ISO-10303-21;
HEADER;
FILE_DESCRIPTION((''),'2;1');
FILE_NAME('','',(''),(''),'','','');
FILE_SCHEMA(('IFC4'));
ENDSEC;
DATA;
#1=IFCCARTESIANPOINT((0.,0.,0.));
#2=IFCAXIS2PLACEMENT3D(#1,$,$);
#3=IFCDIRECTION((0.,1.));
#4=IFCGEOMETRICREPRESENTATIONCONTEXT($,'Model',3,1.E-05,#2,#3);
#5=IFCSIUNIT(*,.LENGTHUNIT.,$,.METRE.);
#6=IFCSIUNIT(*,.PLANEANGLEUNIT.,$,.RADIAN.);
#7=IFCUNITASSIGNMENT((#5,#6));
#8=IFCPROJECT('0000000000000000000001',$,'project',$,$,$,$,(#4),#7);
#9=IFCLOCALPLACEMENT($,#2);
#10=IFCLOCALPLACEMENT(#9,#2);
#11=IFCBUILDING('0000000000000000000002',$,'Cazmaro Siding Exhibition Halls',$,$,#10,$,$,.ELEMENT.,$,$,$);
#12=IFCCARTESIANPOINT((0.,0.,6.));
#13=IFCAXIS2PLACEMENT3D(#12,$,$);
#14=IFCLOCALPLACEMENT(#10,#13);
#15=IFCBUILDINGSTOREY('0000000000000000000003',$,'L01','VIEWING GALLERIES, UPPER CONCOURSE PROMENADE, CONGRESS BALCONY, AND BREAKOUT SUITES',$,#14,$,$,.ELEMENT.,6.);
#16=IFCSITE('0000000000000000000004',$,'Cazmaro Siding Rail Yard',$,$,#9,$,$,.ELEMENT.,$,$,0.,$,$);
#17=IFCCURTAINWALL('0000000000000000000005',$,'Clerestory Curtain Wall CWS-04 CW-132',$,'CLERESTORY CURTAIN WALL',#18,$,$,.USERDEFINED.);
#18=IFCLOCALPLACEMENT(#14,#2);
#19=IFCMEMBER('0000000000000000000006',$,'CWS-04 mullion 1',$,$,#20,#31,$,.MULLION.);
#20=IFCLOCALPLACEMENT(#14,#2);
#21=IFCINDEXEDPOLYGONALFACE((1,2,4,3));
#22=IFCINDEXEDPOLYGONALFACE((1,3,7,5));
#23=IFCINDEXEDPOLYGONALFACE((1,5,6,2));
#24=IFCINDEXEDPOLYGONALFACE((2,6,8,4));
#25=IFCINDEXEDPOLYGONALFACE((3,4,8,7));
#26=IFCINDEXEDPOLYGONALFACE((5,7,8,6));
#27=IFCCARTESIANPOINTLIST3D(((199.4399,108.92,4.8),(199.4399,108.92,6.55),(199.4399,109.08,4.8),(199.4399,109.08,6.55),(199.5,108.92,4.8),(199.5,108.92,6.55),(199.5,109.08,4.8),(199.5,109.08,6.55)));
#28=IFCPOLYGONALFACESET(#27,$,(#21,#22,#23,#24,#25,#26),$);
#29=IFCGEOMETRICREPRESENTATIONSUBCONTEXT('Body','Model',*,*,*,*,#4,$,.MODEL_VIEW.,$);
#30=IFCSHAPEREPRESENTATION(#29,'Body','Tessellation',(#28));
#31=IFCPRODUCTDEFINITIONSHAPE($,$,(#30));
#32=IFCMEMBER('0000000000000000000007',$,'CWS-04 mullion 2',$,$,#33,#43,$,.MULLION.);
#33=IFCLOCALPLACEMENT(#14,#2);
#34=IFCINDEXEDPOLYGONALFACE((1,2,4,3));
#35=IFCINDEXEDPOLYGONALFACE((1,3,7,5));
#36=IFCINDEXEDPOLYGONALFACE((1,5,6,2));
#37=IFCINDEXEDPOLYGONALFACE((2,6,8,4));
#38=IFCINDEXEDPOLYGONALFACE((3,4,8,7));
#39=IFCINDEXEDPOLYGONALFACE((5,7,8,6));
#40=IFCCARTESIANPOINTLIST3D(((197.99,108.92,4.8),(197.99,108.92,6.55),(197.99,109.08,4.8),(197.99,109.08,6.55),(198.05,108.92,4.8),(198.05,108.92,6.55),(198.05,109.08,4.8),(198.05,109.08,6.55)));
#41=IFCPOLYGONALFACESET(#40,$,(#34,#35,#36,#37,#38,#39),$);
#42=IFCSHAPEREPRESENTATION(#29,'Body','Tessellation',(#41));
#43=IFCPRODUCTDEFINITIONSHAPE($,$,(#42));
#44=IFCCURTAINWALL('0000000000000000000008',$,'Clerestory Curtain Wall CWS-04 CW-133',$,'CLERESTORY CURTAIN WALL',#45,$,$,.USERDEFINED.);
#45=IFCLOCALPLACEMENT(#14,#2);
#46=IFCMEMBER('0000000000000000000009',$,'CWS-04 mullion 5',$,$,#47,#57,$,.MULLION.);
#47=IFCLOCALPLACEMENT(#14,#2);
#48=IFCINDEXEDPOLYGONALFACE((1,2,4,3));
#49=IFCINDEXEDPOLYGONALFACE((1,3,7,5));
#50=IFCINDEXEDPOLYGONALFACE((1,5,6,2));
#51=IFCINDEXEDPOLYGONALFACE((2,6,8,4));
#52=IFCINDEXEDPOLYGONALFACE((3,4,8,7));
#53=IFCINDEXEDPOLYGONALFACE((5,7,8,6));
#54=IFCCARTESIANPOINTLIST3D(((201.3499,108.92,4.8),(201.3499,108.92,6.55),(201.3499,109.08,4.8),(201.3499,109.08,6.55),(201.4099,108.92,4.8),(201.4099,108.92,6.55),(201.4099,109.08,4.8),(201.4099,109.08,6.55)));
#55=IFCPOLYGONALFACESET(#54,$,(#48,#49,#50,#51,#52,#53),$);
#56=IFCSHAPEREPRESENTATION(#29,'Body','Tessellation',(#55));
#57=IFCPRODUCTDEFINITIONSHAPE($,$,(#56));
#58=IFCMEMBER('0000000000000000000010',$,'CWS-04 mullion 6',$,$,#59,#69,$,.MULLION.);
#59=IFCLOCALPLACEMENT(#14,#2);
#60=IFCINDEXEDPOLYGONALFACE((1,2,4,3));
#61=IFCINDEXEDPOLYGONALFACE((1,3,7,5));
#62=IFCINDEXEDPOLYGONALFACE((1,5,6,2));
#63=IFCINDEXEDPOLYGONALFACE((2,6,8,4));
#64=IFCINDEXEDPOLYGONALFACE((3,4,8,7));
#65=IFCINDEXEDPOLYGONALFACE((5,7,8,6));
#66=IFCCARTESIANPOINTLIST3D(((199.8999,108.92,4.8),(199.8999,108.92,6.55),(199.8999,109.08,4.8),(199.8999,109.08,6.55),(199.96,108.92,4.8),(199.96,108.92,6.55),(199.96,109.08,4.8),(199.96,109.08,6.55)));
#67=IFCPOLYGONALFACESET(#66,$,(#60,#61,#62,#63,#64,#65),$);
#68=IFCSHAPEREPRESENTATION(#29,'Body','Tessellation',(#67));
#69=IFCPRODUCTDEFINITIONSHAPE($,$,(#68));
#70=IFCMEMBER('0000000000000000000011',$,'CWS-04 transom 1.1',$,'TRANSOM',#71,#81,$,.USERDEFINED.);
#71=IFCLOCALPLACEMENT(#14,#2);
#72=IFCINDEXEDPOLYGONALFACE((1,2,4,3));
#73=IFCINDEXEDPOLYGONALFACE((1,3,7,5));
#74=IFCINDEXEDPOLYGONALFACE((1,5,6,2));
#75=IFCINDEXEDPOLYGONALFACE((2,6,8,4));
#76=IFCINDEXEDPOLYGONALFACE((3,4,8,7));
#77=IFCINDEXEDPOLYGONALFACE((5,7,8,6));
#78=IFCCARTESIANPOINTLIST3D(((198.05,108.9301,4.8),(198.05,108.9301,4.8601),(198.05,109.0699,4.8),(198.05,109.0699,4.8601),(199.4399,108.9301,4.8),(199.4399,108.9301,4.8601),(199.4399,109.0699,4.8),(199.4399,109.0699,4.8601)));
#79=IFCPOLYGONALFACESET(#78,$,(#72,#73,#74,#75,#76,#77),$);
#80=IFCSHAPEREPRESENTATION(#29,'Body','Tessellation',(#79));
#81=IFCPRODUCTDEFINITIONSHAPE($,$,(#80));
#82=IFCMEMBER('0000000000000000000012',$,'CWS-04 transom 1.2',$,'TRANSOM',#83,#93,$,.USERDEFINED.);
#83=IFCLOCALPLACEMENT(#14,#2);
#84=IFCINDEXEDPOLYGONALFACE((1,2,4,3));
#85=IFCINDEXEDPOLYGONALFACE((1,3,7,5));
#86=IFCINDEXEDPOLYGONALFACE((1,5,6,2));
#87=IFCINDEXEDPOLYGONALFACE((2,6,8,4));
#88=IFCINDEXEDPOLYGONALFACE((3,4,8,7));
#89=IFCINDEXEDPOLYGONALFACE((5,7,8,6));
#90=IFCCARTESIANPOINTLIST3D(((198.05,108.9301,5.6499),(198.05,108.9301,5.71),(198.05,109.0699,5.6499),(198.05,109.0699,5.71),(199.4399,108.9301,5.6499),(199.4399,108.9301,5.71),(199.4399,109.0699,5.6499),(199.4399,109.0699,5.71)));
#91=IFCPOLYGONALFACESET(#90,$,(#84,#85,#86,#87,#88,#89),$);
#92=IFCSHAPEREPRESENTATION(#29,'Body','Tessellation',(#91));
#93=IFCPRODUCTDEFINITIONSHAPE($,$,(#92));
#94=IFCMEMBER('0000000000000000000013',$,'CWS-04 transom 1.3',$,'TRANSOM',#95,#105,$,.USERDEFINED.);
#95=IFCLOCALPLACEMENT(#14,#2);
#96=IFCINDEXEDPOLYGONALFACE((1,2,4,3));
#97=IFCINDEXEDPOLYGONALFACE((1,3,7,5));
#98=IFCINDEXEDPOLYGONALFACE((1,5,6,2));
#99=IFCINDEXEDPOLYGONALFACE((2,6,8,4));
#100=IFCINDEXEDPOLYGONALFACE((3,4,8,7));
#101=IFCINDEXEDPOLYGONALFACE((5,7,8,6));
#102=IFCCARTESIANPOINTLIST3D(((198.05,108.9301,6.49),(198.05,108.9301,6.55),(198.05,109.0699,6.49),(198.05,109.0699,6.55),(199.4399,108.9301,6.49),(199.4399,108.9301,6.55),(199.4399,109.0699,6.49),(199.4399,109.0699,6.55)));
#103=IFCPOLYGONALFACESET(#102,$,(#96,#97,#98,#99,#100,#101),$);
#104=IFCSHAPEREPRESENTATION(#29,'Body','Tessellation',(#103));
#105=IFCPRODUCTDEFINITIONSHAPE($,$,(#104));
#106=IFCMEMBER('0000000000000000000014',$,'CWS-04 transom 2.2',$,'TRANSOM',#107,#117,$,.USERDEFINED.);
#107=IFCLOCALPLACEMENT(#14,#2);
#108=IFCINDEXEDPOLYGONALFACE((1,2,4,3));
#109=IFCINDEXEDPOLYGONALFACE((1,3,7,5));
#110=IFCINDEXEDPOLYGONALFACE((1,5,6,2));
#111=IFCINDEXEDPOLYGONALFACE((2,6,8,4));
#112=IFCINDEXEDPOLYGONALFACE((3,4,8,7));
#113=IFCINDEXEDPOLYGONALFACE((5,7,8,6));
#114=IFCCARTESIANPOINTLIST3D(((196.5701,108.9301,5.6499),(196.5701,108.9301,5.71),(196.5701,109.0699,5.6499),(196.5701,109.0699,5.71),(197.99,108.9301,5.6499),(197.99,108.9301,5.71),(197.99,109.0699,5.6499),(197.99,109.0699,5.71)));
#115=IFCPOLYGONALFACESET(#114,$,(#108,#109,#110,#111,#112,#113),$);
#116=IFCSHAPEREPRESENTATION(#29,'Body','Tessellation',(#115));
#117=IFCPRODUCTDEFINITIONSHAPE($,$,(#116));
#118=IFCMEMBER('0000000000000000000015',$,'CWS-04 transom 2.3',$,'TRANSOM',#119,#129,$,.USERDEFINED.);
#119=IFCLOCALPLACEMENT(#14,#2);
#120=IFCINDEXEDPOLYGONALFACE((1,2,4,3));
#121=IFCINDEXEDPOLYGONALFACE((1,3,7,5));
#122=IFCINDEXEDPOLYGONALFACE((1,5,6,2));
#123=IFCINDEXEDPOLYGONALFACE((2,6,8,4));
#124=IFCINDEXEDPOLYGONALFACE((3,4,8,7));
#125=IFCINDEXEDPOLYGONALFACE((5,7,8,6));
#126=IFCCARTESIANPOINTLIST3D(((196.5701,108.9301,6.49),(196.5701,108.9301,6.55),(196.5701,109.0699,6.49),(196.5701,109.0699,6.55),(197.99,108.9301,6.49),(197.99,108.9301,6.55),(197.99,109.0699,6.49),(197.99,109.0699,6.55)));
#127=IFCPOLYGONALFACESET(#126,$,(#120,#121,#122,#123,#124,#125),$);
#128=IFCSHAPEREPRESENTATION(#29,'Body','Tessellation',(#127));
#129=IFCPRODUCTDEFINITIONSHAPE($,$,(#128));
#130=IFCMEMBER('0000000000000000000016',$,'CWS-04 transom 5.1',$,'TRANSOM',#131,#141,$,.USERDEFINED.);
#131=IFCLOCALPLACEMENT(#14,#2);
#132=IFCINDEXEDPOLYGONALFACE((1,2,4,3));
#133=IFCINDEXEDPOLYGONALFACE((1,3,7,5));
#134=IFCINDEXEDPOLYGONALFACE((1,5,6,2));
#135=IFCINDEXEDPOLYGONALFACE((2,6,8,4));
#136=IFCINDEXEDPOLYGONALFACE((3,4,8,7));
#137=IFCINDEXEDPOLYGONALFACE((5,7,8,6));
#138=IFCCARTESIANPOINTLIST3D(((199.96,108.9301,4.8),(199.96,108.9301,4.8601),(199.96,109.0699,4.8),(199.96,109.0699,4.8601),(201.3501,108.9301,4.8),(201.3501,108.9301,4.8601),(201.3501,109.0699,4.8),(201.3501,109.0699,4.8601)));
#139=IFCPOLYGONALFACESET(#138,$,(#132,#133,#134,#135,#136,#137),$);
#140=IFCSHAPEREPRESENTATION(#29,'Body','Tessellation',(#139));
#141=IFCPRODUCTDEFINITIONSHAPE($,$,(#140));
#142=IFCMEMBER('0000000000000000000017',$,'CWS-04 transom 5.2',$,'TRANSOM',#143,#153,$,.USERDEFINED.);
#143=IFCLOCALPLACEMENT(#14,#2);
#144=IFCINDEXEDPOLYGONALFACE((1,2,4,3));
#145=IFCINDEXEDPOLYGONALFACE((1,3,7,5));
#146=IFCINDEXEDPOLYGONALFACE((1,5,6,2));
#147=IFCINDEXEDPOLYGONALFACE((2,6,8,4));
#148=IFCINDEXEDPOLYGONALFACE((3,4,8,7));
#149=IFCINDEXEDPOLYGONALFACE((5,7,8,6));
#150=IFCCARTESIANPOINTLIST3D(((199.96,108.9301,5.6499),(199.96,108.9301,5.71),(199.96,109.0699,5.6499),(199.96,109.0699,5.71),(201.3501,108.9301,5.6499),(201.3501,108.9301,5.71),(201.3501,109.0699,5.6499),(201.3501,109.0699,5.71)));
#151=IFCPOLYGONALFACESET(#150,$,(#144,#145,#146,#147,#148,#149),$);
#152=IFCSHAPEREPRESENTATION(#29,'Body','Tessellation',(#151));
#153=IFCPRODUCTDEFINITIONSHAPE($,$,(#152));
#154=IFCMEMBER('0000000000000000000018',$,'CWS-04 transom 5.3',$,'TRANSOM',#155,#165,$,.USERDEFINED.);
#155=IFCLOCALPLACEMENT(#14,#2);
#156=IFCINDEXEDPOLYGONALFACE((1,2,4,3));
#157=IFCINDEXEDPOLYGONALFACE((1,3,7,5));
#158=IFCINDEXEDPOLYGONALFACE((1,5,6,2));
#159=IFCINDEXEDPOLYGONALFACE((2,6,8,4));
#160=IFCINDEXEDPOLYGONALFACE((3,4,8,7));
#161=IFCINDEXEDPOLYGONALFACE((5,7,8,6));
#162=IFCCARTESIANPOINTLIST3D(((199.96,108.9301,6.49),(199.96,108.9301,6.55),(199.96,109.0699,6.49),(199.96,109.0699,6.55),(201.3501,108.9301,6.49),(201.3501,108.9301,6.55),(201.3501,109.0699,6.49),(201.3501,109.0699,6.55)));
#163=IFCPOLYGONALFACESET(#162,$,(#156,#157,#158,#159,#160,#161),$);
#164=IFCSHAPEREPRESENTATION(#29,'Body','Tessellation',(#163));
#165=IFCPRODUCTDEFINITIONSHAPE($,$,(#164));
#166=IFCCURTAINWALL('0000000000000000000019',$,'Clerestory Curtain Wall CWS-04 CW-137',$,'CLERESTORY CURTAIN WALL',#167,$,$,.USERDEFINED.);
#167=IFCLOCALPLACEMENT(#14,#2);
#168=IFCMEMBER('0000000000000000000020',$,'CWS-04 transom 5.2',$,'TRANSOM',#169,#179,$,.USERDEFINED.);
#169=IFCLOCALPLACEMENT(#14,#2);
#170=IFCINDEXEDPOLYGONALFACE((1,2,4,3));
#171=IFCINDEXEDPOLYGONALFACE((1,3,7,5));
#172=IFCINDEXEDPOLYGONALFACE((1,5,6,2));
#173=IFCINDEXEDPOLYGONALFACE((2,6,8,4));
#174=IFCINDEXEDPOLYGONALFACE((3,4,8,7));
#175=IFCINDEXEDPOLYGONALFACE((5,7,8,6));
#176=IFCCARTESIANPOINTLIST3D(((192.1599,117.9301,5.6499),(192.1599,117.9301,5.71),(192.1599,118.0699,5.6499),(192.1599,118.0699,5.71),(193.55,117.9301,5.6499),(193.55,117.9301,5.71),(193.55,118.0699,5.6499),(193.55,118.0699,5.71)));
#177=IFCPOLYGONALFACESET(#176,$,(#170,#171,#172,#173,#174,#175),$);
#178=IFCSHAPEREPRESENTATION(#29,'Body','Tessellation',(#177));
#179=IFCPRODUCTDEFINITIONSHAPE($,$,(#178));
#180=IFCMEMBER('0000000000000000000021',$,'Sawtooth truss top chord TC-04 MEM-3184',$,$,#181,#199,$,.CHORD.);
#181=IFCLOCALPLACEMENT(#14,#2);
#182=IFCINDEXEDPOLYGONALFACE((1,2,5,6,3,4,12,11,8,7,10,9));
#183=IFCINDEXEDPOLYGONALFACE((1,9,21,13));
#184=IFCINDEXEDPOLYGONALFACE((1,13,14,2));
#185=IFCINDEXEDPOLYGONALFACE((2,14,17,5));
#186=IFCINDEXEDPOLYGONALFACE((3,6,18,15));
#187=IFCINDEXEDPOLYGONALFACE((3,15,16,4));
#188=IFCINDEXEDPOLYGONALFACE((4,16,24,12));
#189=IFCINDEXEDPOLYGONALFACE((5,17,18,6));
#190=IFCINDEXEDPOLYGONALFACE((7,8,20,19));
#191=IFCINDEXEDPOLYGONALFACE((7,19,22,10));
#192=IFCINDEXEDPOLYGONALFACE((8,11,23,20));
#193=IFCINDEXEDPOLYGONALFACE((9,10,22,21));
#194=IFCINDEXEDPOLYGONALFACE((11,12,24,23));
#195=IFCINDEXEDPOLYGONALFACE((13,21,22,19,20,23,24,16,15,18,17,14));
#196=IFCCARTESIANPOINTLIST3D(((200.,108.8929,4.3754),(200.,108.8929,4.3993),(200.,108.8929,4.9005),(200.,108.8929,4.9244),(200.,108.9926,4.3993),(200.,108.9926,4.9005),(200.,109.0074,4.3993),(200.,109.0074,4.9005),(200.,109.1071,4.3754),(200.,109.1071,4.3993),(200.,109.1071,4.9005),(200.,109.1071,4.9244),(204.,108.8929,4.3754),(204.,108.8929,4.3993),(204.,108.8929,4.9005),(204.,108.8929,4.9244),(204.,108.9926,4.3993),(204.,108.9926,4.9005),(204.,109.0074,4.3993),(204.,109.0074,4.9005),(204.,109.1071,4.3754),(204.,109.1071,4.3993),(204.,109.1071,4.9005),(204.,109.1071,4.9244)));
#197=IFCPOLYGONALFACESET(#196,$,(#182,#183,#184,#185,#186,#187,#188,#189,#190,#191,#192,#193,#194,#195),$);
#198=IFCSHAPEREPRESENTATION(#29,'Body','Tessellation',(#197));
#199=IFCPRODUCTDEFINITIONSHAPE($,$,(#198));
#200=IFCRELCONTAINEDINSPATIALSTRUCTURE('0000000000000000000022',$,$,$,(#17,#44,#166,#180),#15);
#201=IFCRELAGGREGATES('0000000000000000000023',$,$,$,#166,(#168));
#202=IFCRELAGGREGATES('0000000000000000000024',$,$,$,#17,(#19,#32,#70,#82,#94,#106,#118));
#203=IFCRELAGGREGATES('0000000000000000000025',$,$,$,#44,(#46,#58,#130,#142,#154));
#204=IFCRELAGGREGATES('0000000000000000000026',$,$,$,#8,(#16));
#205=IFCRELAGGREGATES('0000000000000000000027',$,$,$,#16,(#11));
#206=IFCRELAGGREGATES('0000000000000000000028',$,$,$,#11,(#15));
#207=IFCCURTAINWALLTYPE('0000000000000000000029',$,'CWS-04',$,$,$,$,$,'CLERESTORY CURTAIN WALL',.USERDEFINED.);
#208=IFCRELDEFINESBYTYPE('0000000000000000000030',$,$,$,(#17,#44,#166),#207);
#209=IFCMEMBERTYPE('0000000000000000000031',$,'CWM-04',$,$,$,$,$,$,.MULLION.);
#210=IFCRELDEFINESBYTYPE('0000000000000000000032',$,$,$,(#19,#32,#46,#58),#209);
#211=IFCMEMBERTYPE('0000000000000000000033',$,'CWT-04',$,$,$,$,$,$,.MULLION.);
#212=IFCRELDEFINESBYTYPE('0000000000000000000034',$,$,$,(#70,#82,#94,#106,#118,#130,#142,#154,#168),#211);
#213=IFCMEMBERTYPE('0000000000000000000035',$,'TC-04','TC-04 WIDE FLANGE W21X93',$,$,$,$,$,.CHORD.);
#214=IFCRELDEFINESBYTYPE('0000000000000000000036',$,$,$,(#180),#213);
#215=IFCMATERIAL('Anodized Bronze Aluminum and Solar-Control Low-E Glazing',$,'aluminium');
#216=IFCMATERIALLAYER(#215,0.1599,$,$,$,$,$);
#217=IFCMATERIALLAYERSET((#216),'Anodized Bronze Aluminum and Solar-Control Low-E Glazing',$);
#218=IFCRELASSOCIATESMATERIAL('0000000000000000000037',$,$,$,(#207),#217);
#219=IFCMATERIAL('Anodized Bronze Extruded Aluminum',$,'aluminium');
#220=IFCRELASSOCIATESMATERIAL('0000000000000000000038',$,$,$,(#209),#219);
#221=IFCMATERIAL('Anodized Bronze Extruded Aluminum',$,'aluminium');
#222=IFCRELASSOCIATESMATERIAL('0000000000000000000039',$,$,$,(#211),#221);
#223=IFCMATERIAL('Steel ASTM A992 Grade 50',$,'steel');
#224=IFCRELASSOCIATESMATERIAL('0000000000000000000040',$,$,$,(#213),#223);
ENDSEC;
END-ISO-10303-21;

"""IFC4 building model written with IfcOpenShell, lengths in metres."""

from ifc_helpers import new_model, si_unit, direction, frame, origin, origin_2d, place, context, subcontext, project, spatial, rectangle, i_section, extrude, material, layer, layer_set, material_profile, profile_set, type_object, element, aggregate, save


model = new_model("IFC4")

# Units and contexts
model_context = context("Model", 3, precision=1e-05, world=origin(), true_north=direction((0.0, 1.0)))
body_context = subcontext(model_context, "Body", "Model", "MODEL_VIEW")
ifc_project = project(units=[si_unit("LENGTHUNIT", "METRE"), si_unit("PLANEANGLEUNIT", "RADIAN")], contexts=[model_context])

# Site, building, storey
site_placement = place(None, origin())
site = spatial("IfcSite", under=ifc_project, at=site_placement, Name="Cazmaro Siding Rail Yard", CompositionType="ELEMENT", RefElevation=0.0)
building_placement = place(site_placement, origin())
building = spatial("IfcBuilding", under=site, at=building_placement, Name="Cazmaro Siding Exhibition Halls", CompositionType="ELEMENT")
storey_placement = place(building_placement, frame((0.0, 0.0, 6.0)))
storey = spatial("IfcBuildingStorey", under=building, at=storey_placement, Name="L01", Description="VIEWING GALLERIES, UPPER CONCOURSE PROMENADE, CONGRESS BALCONY, AND BREAKOUT SUITES", CompositionType="ELEMENT", Elevation=6.0)

# Curtain walls, members
ifc_material_1 = material(Name="Anodized Bronze Aluminum and Solar-Control Low-E Glazing", Category="aluminium")
ifc_layer_1 = layer(ifc_material_1, 0.1599)
ifc_layer_set_1 = layer_set([ifc_layer_1], Name="Anodized Bronze Aluminum and Solar-Control Low-E Glazing")
curtain_wall_type = type_object("IfcCurtainWallType", Name="CWS-04", ElementType="CLERESTORY CURTAIN WALL", PredefinedType="USERDEFINED", material=ifc_layer_set_1)
curtain_wall_1_placement = place(storey_placement, origin())
curtain_wall_1 = element("IfcCurtainWall", 1, at=curtain_wall_1_placement, inside=storey, type_object=curtain_wall_type, Name="Clerestory Curtain Wall CWS-04 CW-132", ObjectType="CLERESTORY CURTAIN WALL", PredefinedType="USERDEFINED")
ifc_material_2 = material(Name="Anodized Bronze Extruded Aluminum", Category="aluminium")
ifc_material_profile_1 = material_profile(ifc_material_2, rectangle(XDim=0.1599, YDim=0.0601, at=origin_2d()), Name="CWM-04")
ifc_profile_set_1 = profile_set([ifc_material_profile_1], Name="Anodized Bronze Extruded Aluminum")
member_type_1 = type_object("IfcMemberType", Name="CWM-04", PredefinedType="MULLION", material=ifc_profile_set_1)
member_1_placement = place(storey_placement, frame((199.47, 109.0, 4.8), z_axis=(0.0, 0.0, 1.0), x_axis=(0.0, -1.0, 0.0)))
member_1 = element("IfcMember", 2, at=member_1_placement, type_object=member_type_1, Name="CWS-04 mullion 1", PredefinedType="MULLION", context=body_context, shape_type="SweptSolid", body=[
    extrude(rectangle(XDim=0.1599, YDim=0.0601, at=origin_2d()), origin(), (0.0, 0.0, 1.0), 1.75),
])
member_2_placement = place(storey_placement, frame((198.02, 109.0, 4.8), z_axis=(0.0, 0.0, 1.0), x_axis=(0.0, -1.0, 0.0)))
member_2 = element("IfcMember", 3, at=member_2_placement, type_object=member_type_1, Name="CWS-04 mullion 2", PredefinedType="MULLION", context=body_context, shape_type="SweptSolid", body=[
    extrude(rectangle(XDim=0.1599, YDim=0.0601, at=origin_2d()), origin(), (0.0, 0.0, 1.0), 1.75),
])
curtain_wall_2_placement = place(storey_placement, origin())
curtain_wall_2 = element("IfcCurtainWall", 4, at=curtain_wall_2_placement, inside=storey, type_object=curtain_wall_type, Name="Clerestory Curtain Wall CWS-04 CW-133", ObjectType="CLERESTORY CURTAIN WALL", PredefinedType="USERDEFINED")
member_3_placement = place(storey_placement, frame((201.3799, 109.0, 4.8), z_axis=(0.0, 0.0, 1.0), x_axis=(0.0, -1.0, 0.0)))
member_3 = element("IfcMember", 5, at=member_3_placement, type_object=member_type_1, Name="CWS-04 mullion 5", PredefinedType="MULLION", context=body_context, shape_type="SweptSolid", body=[
    extrude(rectangle(XDim=0.1599, YDim=0.0601, at=origin_2d()), origin(), (0.0, 0.0, 1.0), 1.75),
])
member_4_placement = place(storey_placement, frame((199.9299, 109.0, 4.8), z_axis=(0.0, 0.0, 1.0), x_axis=(0.0, -1.0, 0.0)))
member_4 = element("IfcMember", 6, at=member_4_placement, type_object=member_type_1, Name="CWS-04 mullion 6", PredefinedType="MULLION", context=body_context, shape_type="SweptSolid", body=[
    extrude(rectangle(XDim=0.1599, YDim=0.0601, at=origin_2d()), origin(), (0.0, 0.0, 1.0), 1.75),
])

# Members
ifc_material_3 = material(Name="Anodized Bronze Extruded Aluminum", Category="aluminium")
ifc_material_profile_2 = material_profile(ifc_material_3, rectangle(XDim=0.1399, YDim=0.0601, at=origin_2d()), Name="CWT-04")
ifc_profile_set_2 = profile_set([ifc_material_profile_2], Name="Anodized Bronze Extruded Aluminum")
member_type_2 = type_object("IfcMemberType", Name="CWT-04", PredefinedType="MULLION", material=ifc_profile_set_2)
member_5_placement = place(storey_placement, frame((199.4399, 109.0, 4.8301), z_axis=(-1.0, 0.0, 0.0), x_axis=(0.0, -1.0, 0.0)))
member_5 = element("IfcMember", 7, at=member_5_placement, type_object=member_type_2, Name="CWS-04 transom 1.1", ObjectType="TRANSOM", PredefinedType="USERDEFINED", context=body_context, shape_type="SweptSolid", body=[
    extrude(rectangle(XDim=0.1399, YDim=0.0601, at=origin_2d()), origin(), (0.0, 0.0, 1.0), 1.3899),
])
member_6_placement = place(storey_placement, frame((199.4399, 109.0, 5.6799), z_axis=(-1.0, 0.0, 0.0), x_axis=(0.0, -1.0, 0.0)))
member_6 = element("IfcMember", 8, at=member_6_placement, type_object=member_type_2, Name="CWS-04 transom 1.2", ObjectType="TRANSOM", PredefinedType="USERDEFINED", context=body_context, shape_type="SweptSolid", body=[
    extrude(rectangle(XDim=0.1399, YDim=0.0601, at=origin_2d()), origin(), (0.0, 0.0, 1.0), 1.3899),
])
member_7_placement = place(storey_placement, frame((199.4399, 109.0, 6.52), z_axis=(-1.0, 0.0, 0.0), x_axis=(0.0, -1.0, 0.0)))
member_7 = element("IfcMember", 9, at=member_7_placement, type_object=member_type_2, Name="CWS-04 transom 1.3", ObjectType="TRANSOM", PredefinedType="USERDEFINED", context=body_context, shape_type="SweptSolid", body=[
    extrude(rectangle(XDim=0.1399, YDim=0.0601, at=origin_2d()), origin(), (0.0, 0.0, 1.0), 1.3899),
])
member_8_placement = place(storey_placement, frame((197.99, 109.0, 5.6799), z_axis=(-1.0, 0.0, 0.0), x_axis=(0.0, -1.0, 0.0)))
member_8 = element("IfcMember", 10, at=member_8_placement, type_object=member_type_2, Name="CWS-04 transom 2.2", ObjectType="TRANSOM", PredefinedType="USERDEFINED", context=body_context, shape_type="SweptSolid", body=[
    extrude(rectangle(XDim=0.1399, YDim=0.0601, at=origin_2d()), origin(), (0.0, 0.0, 1.0), 1.4199),
])
member_9_placement = place(storey_placement, frame((197.99, 109.0, 6.52), z_axis=(-1.0, 0.0, 0.0), x_axis=(0.0, -1.0, 0.0)))
member_9 = element("IfcMember", 11, at=member_9_placement, type_object=member_type_2, Name="CWS-04 transom 2.3", ObjectType="TRANSOM", PredefinedType="USERDEFINED", context=body_context, shape_type="SweptSolid", body=[
    extrude(rectangle(XDim=0.1399, YDim=0.0601, at=origin_2d()), origin(), (0.0, 0.0, 1.0), 1.4199),
])
member_10_placement = place(storey_placement, frame((201.3501, 109.0, 4.8301), z_axis=(-1.0, 0.0, 0.0), x_axis=(0.0, -1.0, 0.0)))
member_10 = element("IfcMember", 12, at=member_10_placement, type_object=member_type_2, Name="CWS-04 transom 5.1", ObjectType="TRANSOM", PredefinedType="USERDEFINED", context=body_context, shape_type="SweptSolid", body=[
    extrude(rectangle(XDim=0.1399, YDim=0.0601, at=origin_2d()), origin(), (0.0, 0.0, 1.0), 1.3901),
])
member_11_placement = place(storey_placement, frame((201.3501, 109.0, 5.6799), z_axis=(-1.0, 0.0, 0.0), x_axis=(0.0, -1.0, 0.0)))
member_11 = element("IfcMember", 13, at=member_11_placement, type_object=member_type_2, Name="CWS-04 transom 5.2", ObjectType="TRANSOM", PredefinedType="USERDEFINED", context=body_context, shape_type="SweptSolid", body=[
    extrude(rectangle(XDim=0.1399, YDim=0.0601, at=origin_2d()), origin(), (0.0, 0.0, 1.0), 1.3901),
])
member_12_placement = place(storey_placement, frame((201.3501, 109.0, 6.52), z_axis=(-1.0, 0.0, 0.0), x_axis=(0.0, -1.0, 0.0)))
member_12 = element("IfcMember", 14, at=member_12_placement, type_object=member_type_2, Name="CWS-04 transom 5.3", ObjectType="TRANSOM", PredefinedType="USERDEFINED", context=body_context, shape_type="SweptSolid", body=[
    extrude(rectangle(XDim=0.1399, YDim=0.0601, at=origin_2d()), origin(), (0.0, 0.0, 1.0), 1.3901),
])

# Curtain wall, member
curtain_wall_3_placement = place(storey_placement, origin())
curtain_wall_3 = element("IfcCurtainWall", 15, at=curtain_wall_3_placement, inside=storey, type_object=curtain_wall_type, Name="Clerestory Curtain Wall CWS-04 CW-137", ObjectType="CLERESTORY CURTAIN WALL", PredefinedType="USERDEFINED")
member_13_placement = place(storey_placement, frame((193.55, 118.0, 5.6799), z_axis=(-1.0, 0.0, 0.0), x_axis=(0.0, -1.0, 0.0)))
member_13 = element("IfcMember", 16, at=member_13_placement, type_object=member_type_2, Name="CWS-04 transom 5.2", ObjectType="TRANSOM", PredefinedType="USERDEFINED", context=body_context, shape_type="SweptSolid", body=[
    extrude(rectangle(XDim=0.1399, YDim=0.0601, at=origin_2d()), origin(), (0.0, 0.0, 1.0), 1.3901),
])
aggregate(curtain_wall_3, [member_13])

# Member
ifc_material_4 = material(Name="Steel ASTM A992 Grade 50", Category="steel")
ifc_material_profile_3 = material_profile(ifc_material_4, i_section(OverallWidth=0.2141, OverallDepth=0.5491, WebThickness=0.0149, FlangeThickness=0.0239, at=origin_2d()), Name="W21X93")
ifc_profile_set_3 = profile_set([ifc_material_profile_3], Name="Steel ASTM A992 Grade 50")
member_type_3 = type_object("IfcMemberType", Name="TC-04", Description="TC-04 WIDE FLANGE W21X93", PredefinedType="CHORD", material=ifc_profile_set_3)
member_14_placement = place(storey_placement, frame((200.0, 109.0, 4.6499), z_axis=(1.0, 0.0, 0.0), x_axis=(0.0, 1.0, 0.0)))
element("IfcMember", 17, at=member_14_placement, inside=storey, type_object=member_type_3, Name="Sawtooth truss top chord TC-04 MEM-3184", PredefinedType="CHORD", context=body_context, shape_type="SweptSolid", body=[
    extrude(i_section(OverallWidth=0.2141, OverallDepth=0.5491, WebThickness=0.0149, FlangeThickness=0.0239, at=origin_2d()), origin(), (0.0, 0.0, 1.0), 4.0),
])

aggregate(curtain_wall_1, [member_1, member_2, member_5, member_6, member_7, member_8, member_9])
aggregate(curtain_wall_2, [member_3, member_4, member_10, member_11, member_12])

save(model, "model.ifc")
